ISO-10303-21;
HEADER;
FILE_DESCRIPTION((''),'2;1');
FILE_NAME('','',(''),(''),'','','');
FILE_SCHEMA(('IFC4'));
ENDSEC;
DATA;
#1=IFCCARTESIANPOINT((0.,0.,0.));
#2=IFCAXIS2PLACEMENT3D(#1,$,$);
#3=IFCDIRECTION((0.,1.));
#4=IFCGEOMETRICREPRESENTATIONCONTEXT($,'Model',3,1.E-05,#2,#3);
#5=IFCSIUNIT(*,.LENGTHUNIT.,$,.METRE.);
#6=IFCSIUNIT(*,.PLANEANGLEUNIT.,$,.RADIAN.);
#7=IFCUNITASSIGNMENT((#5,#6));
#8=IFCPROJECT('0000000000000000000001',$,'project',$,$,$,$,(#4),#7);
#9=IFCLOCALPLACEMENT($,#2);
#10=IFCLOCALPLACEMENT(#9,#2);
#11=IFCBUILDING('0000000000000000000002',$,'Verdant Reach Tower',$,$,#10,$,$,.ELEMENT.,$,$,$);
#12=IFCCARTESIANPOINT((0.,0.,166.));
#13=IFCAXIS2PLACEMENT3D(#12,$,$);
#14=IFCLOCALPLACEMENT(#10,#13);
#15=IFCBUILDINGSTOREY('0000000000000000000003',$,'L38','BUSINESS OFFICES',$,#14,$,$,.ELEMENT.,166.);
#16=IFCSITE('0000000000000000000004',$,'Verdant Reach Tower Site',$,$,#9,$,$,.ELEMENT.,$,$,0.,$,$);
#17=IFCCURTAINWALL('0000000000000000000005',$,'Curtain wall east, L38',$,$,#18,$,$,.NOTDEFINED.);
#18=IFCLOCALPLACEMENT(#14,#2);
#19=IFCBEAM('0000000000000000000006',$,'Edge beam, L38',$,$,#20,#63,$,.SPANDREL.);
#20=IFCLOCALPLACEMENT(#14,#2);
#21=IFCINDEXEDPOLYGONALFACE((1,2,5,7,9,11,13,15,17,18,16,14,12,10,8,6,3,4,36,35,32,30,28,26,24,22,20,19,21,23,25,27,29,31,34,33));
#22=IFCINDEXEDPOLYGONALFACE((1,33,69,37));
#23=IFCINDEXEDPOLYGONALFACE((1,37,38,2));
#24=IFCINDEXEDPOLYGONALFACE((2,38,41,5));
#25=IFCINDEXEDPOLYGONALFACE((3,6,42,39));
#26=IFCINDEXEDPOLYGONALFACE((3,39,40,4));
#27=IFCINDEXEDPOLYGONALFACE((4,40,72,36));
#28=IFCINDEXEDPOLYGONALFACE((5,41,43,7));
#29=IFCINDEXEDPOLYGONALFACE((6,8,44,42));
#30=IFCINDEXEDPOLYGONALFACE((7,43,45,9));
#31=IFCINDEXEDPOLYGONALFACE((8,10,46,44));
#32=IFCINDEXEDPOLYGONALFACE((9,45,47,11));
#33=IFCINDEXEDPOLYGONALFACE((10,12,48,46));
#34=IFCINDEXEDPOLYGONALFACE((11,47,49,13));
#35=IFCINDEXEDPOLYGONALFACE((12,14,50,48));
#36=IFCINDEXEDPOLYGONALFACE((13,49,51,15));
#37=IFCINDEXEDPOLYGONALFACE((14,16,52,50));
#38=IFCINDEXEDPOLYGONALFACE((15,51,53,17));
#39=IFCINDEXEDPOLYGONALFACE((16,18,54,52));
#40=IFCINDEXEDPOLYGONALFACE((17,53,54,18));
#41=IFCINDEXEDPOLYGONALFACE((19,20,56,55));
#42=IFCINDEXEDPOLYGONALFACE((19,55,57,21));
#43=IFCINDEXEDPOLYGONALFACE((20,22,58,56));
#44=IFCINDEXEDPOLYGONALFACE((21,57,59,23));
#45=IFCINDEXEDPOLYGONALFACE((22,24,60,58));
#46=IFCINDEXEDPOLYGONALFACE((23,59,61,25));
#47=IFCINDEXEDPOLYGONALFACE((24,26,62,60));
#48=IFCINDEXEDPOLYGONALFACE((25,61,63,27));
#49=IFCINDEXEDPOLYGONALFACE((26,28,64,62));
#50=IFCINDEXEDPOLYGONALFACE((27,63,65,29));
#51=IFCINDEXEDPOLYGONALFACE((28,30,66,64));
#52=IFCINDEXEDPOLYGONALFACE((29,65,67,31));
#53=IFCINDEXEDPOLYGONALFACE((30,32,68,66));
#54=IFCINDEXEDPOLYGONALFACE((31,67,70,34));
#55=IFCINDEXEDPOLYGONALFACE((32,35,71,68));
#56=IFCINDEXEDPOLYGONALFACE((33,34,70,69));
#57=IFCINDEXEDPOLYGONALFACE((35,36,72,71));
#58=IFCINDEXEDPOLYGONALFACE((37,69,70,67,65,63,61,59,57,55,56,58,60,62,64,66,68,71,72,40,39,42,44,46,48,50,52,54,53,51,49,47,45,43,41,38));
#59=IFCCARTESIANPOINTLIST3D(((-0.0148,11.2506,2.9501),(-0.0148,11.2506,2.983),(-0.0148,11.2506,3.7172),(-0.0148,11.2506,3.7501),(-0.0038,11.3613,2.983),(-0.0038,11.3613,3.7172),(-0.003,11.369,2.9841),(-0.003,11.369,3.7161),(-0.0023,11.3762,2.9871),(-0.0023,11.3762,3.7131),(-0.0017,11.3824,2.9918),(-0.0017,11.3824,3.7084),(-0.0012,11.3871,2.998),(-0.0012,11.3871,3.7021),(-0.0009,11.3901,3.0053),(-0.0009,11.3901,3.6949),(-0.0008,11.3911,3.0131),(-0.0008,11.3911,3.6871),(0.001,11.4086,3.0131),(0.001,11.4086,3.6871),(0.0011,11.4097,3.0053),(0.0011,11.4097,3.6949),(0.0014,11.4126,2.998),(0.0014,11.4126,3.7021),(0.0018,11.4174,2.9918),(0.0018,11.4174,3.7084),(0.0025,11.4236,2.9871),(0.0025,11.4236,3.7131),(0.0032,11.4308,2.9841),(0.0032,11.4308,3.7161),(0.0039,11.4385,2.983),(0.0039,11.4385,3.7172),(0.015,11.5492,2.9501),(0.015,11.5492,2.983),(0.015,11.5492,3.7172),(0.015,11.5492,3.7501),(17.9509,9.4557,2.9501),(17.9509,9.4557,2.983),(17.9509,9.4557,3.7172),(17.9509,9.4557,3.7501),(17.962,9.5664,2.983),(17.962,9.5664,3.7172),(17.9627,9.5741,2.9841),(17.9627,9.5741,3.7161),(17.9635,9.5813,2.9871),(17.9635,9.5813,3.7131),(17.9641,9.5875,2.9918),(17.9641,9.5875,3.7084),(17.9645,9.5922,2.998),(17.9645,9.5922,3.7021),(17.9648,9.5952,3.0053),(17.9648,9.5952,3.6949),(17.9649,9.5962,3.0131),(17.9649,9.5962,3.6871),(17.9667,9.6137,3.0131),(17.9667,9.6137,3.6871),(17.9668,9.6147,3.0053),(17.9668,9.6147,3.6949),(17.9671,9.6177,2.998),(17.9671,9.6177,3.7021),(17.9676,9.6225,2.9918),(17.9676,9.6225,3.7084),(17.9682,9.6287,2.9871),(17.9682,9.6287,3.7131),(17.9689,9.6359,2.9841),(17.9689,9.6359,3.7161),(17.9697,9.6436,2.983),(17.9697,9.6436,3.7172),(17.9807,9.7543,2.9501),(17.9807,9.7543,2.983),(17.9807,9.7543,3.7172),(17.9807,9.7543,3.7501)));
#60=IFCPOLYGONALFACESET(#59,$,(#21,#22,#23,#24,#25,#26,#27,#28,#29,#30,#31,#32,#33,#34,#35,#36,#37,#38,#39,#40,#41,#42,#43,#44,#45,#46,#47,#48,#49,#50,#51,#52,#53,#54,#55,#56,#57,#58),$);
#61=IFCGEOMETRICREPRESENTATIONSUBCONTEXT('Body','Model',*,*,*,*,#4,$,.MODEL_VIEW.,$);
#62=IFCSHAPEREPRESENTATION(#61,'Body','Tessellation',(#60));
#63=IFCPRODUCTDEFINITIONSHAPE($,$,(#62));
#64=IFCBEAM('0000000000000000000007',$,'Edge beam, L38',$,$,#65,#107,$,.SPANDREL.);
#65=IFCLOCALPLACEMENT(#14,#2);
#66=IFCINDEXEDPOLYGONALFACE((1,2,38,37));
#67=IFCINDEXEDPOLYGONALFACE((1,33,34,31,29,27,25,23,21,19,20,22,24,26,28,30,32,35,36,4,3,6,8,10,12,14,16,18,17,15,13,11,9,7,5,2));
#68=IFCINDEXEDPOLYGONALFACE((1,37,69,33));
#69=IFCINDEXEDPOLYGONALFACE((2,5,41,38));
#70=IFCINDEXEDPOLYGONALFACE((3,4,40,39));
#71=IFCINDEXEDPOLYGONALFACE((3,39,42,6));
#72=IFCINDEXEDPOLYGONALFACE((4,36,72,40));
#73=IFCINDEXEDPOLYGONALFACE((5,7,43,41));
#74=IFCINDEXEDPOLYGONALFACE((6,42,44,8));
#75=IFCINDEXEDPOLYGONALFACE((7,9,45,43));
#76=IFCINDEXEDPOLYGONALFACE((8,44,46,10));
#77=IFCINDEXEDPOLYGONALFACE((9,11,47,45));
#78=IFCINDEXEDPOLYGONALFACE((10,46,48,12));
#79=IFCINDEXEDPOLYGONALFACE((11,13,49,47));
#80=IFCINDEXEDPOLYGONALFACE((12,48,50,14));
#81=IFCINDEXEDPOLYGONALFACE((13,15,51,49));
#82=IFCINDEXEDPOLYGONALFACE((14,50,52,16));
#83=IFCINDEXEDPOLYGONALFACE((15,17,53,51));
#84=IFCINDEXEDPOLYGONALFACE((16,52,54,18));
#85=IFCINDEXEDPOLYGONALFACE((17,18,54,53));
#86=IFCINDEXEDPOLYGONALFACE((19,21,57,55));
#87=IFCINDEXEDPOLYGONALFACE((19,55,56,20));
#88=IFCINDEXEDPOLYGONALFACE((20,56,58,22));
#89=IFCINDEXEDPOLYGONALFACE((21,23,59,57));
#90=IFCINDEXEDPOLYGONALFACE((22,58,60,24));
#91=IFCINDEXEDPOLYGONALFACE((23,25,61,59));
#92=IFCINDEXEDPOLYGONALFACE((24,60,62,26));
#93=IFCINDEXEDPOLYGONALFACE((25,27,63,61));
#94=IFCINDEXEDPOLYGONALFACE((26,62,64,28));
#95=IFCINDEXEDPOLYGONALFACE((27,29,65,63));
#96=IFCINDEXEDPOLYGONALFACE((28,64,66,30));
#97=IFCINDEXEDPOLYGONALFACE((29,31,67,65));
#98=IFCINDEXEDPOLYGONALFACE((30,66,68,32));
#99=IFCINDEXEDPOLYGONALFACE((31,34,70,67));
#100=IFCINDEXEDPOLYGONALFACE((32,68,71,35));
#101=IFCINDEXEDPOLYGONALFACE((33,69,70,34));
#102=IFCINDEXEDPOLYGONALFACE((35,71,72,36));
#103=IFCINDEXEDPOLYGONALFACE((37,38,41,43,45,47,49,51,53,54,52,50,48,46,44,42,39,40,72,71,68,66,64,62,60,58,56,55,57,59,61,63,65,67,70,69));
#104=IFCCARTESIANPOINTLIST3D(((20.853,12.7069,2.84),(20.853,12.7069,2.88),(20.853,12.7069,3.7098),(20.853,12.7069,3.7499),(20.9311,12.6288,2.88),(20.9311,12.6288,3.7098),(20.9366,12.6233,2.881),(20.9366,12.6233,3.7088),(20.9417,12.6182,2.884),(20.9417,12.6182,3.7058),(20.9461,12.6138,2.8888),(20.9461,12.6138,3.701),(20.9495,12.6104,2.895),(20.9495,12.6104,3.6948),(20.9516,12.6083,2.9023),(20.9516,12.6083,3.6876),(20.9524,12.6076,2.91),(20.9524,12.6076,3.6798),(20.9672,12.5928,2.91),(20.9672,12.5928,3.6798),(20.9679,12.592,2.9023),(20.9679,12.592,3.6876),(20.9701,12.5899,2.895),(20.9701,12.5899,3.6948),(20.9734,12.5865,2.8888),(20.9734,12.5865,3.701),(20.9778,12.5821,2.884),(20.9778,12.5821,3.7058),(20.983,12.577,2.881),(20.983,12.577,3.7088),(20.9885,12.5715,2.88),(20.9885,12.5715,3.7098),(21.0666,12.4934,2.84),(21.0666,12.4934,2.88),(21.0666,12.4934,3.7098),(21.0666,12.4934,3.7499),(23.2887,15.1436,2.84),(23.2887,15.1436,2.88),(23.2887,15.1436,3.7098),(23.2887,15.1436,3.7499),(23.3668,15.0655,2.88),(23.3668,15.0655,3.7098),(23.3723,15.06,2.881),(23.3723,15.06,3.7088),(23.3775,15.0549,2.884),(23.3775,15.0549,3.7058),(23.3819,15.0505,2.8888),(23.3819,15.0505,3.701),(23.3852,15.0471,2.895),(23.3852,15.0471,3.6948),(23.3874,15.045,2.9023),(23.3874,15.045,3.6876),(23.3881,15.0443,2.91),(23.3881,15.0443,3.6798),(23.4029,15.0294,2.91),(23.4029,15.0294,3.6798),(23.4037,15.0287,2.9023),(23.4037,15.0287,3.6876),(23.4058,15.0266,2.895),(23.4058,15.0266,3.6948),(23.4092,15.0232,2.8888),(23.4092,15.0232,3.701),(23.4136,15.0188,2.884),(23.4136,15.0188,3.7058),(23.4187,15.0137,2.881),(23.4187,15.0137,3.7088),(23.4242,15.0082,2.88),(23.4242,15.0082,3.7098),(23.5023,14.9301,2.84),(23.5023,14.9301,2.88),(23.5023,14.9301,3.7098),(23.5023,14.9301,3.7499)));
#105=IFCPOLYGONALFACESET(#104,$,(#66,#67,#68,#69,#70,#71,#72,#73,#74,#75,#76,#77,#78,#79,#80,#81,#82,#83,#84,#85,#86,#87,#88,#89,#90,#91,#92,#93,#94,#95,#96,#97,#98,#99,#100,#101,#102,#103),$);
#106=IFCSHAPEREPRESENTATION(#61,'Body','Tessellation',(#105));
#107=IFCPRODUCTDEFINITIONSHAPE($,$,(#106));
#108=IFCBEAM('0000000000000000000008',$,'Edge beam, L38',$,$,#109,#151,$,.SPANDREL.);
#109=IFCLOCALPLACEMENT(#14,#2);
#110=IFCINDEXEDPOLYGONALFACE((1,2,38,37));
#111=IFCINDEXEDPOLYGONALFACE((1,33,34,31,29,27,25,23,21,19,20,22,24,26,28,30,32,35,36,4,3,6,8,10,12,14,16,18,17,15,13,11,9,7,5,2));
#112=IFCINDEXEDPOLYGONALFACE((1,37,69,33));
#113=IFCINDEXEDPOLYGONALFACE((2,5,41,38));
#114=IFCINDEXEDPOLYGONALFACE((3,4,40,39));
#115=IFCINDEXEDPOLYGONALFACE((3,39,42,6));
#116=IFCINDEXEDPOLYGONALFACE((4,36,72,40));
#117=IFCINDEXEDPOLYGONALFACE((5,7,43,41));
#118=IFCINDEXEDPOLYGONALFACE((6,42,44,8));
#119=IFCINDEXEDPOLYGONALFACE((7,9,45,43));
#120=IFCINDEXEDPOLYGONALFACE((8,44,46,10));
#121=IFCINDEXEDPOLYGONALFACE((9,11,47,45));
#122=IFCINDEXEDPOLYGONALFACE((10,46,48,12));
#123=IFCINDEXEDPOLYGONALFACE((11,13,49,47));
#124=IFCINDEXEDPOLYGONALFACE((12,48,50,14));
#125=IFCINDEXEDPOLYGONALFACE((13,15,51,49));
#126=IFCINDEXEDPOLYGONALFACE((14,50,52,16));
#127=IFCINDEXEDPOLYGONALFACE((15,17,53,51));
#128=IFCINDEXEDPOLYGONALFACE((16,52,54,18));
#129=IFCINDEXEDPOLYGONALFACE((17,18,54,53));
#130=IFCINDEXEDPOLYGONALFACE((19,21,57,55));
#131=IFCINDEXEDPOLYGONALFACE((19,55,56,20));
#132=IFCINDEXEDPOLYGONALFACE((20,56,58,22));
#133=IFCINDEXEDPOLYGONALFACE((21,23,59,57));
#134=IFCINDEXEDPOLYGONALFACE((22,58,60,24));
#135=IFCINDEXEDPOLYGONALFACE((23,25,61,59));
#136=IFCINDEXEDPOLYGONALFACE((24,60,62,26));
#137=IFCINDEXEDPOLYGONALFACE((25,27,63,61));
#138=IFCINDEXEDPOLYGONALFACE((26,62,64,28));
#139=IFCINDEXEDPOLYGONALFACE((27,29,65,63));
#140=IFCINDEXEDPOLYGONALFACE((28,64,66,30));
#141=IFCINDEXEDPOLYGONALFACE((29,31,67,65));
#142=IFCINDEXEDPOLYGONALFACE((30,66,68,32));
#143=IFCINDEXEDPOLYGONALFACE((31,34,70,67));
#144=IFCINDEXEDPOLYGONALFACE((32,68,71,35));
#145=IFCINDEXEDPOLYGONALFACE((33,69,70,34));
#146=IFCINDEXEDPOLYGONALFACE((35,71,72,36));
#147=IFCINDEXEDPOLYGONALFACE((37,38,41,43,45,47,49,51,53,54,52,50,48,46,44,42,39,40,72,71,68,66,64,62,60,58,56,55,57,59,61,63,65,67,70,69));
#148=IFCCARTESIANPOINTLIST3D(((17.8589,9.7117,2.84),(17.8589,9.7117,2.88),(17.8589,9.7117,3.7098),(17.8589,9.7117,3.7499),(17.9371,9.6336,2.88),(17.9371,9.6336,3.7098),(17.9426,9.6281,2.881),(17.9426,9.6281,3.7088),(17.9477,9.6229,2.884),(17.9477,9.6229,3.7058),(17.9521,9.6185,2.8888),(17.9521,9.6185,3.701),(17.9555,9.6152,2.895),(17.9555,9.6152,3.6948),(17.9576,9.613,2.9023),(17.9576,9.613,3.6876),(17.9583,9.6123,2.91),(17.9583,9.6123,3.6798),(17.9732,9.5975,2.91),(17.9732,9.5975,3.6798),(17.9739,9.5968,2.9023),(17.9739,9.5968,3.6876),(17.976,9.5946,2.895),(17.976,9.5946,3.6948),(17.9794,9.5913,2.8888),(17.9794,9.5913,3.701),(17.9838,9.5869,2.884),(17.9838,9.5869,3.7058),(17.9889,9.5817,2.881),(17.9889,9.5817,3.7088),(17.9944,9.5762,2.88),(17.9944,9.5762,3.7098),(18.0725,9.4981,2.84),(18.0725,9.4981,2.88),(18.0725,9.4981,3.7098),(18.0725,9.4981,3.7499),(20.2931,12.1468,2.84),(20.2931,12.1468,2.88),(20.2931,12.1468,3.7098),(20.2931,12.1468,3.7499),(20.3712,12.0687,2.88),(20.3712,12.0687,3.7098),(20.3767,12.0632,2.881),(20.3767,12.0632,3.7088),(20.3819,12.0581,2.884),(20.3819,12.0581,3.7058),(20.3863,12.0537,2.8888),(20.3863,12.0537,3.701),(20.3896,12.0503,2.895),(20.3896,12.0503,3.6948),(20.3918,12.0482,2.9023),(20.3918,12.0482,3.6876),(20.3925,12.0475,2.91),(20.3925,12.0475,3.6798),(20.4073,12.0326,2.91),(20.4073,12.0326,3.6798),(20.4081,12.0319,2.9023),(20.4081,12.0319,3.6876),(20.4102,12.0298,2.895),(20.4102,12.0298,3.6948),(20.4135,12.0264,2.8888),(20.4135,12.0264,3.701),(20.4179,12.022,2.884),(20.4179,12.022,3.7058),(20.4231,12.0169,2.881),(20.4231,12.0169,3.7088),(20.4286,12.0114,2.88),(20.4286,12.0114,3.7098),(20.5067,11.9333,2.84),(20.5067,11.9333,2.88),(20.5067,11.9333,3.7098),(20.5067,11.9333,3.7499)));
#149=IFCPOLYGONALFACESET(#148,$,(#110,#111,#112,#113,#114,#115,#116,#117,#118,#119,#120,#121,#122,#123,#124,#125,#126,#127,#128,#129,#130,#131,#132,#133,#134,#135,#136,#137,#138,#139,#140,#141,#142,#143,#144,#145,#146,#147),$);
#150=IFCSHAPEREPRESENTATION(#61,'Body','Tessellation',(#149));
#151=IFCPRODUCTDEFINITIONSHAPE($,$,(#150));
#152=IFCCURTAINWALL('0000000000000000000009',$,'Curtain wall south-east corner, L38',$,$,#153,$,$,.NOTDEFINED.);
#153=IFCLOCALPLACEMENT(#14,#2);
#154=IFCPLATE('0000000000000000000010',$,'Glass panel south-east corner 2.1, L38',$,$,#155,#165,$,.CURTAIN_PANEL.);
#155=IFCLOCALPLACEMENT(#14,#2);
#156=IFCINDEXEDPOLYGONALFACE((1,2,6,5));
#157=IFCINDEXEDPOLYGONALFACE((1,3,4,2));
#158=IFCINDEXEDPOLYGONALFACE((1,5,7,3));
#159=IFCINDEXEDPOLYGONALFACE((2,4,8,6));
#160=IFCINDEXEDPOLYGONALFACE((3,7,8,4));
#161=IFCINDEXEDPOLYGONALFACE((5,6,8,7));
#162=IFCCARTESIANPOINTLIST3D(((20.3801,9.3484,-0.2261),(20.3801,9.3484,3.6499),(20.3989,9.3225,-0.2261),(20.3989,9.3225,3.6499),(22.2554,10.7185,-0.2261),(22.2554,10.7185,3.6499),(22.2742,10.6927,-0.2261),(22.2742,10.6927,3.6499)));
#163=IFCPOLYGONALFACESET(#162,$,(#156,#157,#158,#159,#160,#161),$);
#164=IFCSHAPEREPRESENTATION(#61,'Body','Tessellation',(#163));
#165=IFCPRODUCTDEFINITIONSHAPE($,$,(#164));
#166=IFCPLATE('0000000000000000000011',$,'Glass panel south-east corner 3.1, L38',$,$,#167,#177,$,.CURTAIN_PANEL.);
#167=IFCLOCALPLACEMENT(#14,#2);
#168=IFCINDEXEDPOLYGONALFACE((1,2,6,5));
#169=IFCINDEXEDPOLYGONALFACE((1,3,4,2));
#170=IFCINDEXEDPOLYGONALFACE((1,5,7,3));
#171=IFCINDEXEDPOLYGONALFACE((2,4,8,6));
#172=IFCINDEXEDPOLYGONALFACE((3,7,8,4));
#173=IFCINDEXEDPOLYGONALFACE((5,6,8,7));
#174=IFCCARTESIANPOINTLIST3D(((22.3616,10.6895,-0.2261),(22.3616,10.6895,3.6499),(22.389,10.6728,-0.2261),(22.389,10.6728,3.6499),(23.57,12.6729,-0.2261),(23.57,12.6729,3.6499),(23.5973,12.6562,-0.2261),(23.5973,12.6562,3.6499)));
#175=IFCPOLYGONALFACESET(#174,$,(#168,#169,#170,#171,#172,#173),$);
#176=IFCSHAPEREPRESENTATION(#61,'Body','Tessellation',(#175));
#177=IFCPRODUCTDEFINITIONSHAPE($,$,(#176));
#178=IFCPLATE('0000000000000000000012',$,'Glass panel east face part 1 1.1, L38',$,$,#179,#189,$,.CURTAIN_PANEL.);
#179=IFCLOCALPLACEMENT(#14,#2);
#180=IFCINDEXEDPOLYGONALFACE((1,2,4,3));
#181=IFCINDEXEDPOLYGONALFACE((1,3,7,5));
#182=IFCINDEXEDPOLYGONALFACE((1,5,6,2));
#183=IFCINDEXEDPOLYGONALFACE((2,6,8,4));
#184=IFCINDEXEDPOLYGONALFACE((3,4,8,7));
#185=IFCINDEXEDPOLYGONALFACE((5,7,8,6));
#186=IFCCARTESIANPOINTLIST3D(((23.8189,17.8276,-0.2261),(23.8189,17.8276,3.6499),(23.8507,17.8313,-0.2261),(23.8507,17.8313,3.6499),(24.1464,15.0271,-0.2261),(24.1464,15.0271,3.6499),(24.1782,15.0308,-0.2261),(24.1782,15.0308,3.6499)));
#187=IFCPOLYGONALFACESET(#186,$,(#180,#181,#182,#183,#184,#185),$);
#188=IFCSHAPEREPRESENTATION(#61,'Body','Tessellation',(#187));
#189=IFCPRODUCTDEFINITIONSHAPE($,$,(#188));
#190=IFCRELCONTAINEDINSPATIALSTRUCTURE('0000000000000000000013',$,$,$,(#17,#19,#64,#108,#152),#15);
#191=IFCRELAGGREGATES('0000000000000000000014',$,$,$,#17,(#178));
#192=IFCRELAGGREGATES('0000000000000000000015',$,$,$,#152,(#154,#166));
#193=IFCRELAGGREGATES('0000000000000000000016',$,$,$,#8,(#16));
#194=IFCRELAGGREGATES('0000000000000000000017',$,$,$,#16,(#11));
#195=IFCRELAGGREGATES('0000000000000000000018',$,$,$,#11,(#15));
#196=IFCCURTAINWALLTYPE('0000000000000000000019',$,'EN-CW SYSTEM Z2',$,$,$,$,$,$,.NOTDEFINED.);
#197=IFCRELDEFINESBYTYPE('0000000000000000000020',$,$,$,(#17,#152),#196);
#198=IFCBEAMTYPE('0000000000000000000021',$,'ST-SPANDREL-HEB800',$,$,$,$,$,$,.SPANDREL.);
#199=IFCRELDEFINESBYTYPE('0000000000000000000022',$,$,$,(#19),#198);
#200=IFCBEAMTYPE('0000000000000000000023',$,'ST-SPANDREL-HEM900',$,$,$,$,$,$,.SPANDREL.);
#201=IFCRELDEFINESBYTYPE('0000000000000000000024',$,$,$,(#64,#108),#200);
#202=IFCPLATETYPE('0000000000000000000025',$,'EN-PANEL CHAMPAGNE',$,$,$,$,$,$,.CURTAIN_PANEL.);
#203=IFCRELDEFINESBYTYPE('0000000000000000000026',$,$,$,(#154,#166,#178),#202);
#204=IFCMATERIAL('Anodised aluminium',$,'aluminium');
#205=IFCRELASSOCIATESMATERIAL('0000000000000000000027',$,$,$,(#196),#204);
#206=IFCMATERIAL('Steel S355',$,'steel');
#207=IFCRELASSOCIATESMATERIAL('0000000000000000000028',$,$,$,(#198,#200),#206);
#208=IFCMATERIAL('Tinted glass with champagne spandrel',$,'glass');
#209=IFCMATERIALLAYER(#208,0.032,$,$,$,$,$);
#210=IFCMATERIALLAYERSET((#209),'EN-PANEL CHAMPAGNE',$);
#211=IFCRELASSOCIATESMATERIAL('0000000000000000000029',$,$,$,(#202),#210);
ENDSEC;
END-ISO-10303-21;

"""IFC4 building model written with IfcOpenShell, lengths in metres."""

from ifc_helpers import new_model, si_unit, direction, frame, origin, origin_2d, place, context, subcontext, project, spatial, rectangle, i_section, extrude, material, layer, layer_set, material_profile, profile_set, type_object, element, aggregate, save


model = new_model("IFC4")

# Units and contexts
model_context = context("Model", 3, precision=1e-05, world=origin(), true_north=direction((0.0, 1.0)))
body_context = subcontext(model_context, "Body", "Model", "MODEL_VIEW")
ifc_project = project(units=[si_unit("LENGTHUNIT", "METRE"), si_unit("PLANEANGLEUNIT", "RADIAN")], contexts=[model_context])

# Site, building, storey
site_placement = place(None, origin())
site = spatial("IfcSite", under=ifc_project, at=site_placement, Name="Verdant Reach Tower Site", CompositionType="ELEMENT", RefElevation=0.0)
building_placement = place(site_placement, origin())
building = spatial("IfcBuilding", under=site, at=building_placement, Name="Verdant Reach Tower", CompositionType="ELEMENT")
storey_placement = place(building_placement, frame((0.0, 0.0, 166.0)))
storey = spatial("IfcBuildingStorey", under=building, at=storey_placement, Name="L38", Description="BUSINESS OFFICES", CompositionType="ELEMENT", Elevation=166.0)

# Curtain wall
ifc_material_1 = material(Name="Anodised aluminium", Category="aluminium")
curtain_wall_type = type_object("IfcCurtainWallType", Name="EN-CW SYSTEM Z2", PredefinedType="NOTDEFINED", material=ifc_material_1)
curtain_wall_1_placement = place(storey_placement, origin())
curtain_wall_1 = element("IfcCurtainWall", 1, at=curtain_wall_1_placement, inside=storey, type_object=curtain_wall_type, Name="Curtain wall east, L38", PredefinedType="NOTDEFINED")

# Beams
ifc_material_2 = material(Name="Steel S355", Category="steel")
ifc_material_profile_1 = material_profile(ifc_material_2, i_section(OverallWidth=0.3, OverallDepth=0.8, WebThickness=0.0176, FlangeThickness=0.033, FilletRadius=0.03, at=origin_2d()), Name="HEB 800")
ifc_profile_set_1 = profile_set([ifc_material_profile_1], Name="Steel S355")
beam_type_1 = type_object("IfcBeamType", Name="ST-SPANDREL-HEB800", PredefinedType="SPANDREL", material=ifc_profile_set_1)
beam_1_placement = place(storey_placement, frame((17.9658, 9.605, 3.3501), z_axis=(-0.995046, 0.099413, 0.0), x_axis=(-0.099413, -0.995046, 0.0)))
element("IfcBeam", 2, at=beam_1_placement, inside=storey, type_object=beam_type_1, Name="Edge beam, L38", PredefinedType="SPANDREL", context=body_context, shape_type="SweptSolid", body=[
    extrude(i_section(OverallWidth=0.3, OverallDepth=0.8, WebThickness=0.0176, FlangeThickness=0.033, FilletRadius=0.03, at=origin_2d()), origin(), (0.0, 0.0, 1.0), 18.0552),
])
ifc_material_profile_2 = material_profile(ifc_material_2, i_section(OverallWidth=0.302, OverallDepth=0.9099, WebThickness=0.021, FlangeThickness=0.04, FilletRadius=0.03, at=origin_2d()), Name="HEM 900")
ifc_profile_set_2 = profile_set([ifc_material_profile_2], Name="Steel S355")
beam_type_2 = type_object("IfcBeamType", Name="ST-SPANDREL-HEM900", PredefinedType="SPANDREL", material=ifc_profile_set_2)
beam_2_placement = place(storey_placement, frame((23.3955, 15.0369, 3.2949), z_axis=(-0.706965, -0.707248, 0.0), x_axis=(0.707248, -0.706965, 0.0)))
element("IfcBeam", 3, at=beam_2_placement, inside=storey, type_object=beam_type_2, Name="Edge beam, L38", PredefinedType="SPANDREL", context=body_context, shape_type="SweptSolid", body=[
    extrude(i_section(OverallWidth=0.302, OverallDepth=0.9099, WebThickness=0.021, FlangeThickness=0.04, FilletRadius=0.03, at=origin_2d()), origin(), (0.0, 0.0, 1.0), 3.4453),
])
beam_3_placement = place(storey_placement, frame((20.3999, 12.04, 3.2949), z_axis=(-0.706965, -0.707249, 0.0), x_axis=(0.707249, -0.706965, 0.0)))
element("IfcBeam", 4, at=beam_3_placement, inside=storey, type_object=beam_type_2, Name="Edge beam, L38", PredefinedType="SPANDREL", context=body_context, shape_type="SweptSolid", body=[
    extrude(i_section(OverallWidth=0.302, OverallDepth=0.9099, WebThickness=0.021, FlangeThickness=0.04, FilletRadius=0.03, at=origin_2d()), origin(), (0.0, 0.0, 1.0), 3.4431),
])

# Curtain wall, plates
curtain_wall_2_placement = place(storey_placement, origin())
curtain_wall_2 = element("IfcCurtainWall", 5, at=curtain_wall_2_placement, inside=storey, type_object=curtain_wall_type, Name="Curtain wall south-east corner, L38", PredefinedType="NOTDEFINED")
ifc_material_3 = material(Name="Tinted glass with champagne spandrel", Category="glass")
ifc_layer_1 = layer(ifc_material_3, 0.032)
ifc_layer_set_1 = layer_set([ifc_layer_1], Name="EN-PANEL CHAMPAGNE")
plate_type_1 = type_object("IfcPlateType", Name="EN-PANEL CHAMPAGNE", PredefinedType="CURTAIN_PANEL", material=ifc_layer_set_1)
plate_1_placement = place(storey_placement, frame((21.3271, 10.0205, -0.2261), z_axis=(0.0, 0.0, 1.0), x_axis=(0.807457, 0.589927, 0.0)))
plate_1 = element("IfcPlate", 6, at=plate_1_placement, type_object=plate_type_1, Name="Glass panel south-east corner 2.1, L38", PredefinedType="CURTAIN_PANEL", context=body_context, shape_type="SweptSolid", body=[
    extrude(rectangle(XDim=2.3225, YDim=0.032, at=origin_2d()), origin(), (0.0, 0.0, 1.0), 3.876),
])
plate_2_placement = place(storey_placement, frame((22.9795, 11.6729, -0.2261), z_axis=(0.0, 0.0, 1.0), x_axis=(0.520292, 0.853989, 0.0)))
plate_2 = element("IfcPlate", 7, at=plate_2_placement, type_object=plate_type_1, Name="Glass panel south-east corner 3.1, L38", PredefinedType="CURTAIN_PANEL", context=body_context, shape_type="SweptSolid", body=[
    extrude(rectangle(XDim=2.3225, YDim=0.032, at=origin_2d()), origin(), (0.0, 0.0, 1.0), 3.876),
])

# Plate
plate_3_placement = place(storey_placement, frame((23.9985, 16.4292, -0.2261), z_axis=(0.0, 0.0, 1.0), x_axis=(-0.116147, 0.993232, 0.0)))
plate_3 = element("IfcPlate", 8, at=plate_3_placement, type_object=plate_type_1, Name="Glass panel east face part 1 1.1, L38", PredefinedType="CURTAIN_PANEL", context=body_context, shape_type="SweptSolid", body=[
    extrude(rectangle(XDim=2.8196, YDim=0.032, at=origin_2d()), origin(), (0.0, 0.0, 1.0), 3.876),
])
aggregate(curtain_wall_1, [plate_3])

aggregate(curtain_wall_2, [plate_1, plate_2])

save(model, "model.ifc")
